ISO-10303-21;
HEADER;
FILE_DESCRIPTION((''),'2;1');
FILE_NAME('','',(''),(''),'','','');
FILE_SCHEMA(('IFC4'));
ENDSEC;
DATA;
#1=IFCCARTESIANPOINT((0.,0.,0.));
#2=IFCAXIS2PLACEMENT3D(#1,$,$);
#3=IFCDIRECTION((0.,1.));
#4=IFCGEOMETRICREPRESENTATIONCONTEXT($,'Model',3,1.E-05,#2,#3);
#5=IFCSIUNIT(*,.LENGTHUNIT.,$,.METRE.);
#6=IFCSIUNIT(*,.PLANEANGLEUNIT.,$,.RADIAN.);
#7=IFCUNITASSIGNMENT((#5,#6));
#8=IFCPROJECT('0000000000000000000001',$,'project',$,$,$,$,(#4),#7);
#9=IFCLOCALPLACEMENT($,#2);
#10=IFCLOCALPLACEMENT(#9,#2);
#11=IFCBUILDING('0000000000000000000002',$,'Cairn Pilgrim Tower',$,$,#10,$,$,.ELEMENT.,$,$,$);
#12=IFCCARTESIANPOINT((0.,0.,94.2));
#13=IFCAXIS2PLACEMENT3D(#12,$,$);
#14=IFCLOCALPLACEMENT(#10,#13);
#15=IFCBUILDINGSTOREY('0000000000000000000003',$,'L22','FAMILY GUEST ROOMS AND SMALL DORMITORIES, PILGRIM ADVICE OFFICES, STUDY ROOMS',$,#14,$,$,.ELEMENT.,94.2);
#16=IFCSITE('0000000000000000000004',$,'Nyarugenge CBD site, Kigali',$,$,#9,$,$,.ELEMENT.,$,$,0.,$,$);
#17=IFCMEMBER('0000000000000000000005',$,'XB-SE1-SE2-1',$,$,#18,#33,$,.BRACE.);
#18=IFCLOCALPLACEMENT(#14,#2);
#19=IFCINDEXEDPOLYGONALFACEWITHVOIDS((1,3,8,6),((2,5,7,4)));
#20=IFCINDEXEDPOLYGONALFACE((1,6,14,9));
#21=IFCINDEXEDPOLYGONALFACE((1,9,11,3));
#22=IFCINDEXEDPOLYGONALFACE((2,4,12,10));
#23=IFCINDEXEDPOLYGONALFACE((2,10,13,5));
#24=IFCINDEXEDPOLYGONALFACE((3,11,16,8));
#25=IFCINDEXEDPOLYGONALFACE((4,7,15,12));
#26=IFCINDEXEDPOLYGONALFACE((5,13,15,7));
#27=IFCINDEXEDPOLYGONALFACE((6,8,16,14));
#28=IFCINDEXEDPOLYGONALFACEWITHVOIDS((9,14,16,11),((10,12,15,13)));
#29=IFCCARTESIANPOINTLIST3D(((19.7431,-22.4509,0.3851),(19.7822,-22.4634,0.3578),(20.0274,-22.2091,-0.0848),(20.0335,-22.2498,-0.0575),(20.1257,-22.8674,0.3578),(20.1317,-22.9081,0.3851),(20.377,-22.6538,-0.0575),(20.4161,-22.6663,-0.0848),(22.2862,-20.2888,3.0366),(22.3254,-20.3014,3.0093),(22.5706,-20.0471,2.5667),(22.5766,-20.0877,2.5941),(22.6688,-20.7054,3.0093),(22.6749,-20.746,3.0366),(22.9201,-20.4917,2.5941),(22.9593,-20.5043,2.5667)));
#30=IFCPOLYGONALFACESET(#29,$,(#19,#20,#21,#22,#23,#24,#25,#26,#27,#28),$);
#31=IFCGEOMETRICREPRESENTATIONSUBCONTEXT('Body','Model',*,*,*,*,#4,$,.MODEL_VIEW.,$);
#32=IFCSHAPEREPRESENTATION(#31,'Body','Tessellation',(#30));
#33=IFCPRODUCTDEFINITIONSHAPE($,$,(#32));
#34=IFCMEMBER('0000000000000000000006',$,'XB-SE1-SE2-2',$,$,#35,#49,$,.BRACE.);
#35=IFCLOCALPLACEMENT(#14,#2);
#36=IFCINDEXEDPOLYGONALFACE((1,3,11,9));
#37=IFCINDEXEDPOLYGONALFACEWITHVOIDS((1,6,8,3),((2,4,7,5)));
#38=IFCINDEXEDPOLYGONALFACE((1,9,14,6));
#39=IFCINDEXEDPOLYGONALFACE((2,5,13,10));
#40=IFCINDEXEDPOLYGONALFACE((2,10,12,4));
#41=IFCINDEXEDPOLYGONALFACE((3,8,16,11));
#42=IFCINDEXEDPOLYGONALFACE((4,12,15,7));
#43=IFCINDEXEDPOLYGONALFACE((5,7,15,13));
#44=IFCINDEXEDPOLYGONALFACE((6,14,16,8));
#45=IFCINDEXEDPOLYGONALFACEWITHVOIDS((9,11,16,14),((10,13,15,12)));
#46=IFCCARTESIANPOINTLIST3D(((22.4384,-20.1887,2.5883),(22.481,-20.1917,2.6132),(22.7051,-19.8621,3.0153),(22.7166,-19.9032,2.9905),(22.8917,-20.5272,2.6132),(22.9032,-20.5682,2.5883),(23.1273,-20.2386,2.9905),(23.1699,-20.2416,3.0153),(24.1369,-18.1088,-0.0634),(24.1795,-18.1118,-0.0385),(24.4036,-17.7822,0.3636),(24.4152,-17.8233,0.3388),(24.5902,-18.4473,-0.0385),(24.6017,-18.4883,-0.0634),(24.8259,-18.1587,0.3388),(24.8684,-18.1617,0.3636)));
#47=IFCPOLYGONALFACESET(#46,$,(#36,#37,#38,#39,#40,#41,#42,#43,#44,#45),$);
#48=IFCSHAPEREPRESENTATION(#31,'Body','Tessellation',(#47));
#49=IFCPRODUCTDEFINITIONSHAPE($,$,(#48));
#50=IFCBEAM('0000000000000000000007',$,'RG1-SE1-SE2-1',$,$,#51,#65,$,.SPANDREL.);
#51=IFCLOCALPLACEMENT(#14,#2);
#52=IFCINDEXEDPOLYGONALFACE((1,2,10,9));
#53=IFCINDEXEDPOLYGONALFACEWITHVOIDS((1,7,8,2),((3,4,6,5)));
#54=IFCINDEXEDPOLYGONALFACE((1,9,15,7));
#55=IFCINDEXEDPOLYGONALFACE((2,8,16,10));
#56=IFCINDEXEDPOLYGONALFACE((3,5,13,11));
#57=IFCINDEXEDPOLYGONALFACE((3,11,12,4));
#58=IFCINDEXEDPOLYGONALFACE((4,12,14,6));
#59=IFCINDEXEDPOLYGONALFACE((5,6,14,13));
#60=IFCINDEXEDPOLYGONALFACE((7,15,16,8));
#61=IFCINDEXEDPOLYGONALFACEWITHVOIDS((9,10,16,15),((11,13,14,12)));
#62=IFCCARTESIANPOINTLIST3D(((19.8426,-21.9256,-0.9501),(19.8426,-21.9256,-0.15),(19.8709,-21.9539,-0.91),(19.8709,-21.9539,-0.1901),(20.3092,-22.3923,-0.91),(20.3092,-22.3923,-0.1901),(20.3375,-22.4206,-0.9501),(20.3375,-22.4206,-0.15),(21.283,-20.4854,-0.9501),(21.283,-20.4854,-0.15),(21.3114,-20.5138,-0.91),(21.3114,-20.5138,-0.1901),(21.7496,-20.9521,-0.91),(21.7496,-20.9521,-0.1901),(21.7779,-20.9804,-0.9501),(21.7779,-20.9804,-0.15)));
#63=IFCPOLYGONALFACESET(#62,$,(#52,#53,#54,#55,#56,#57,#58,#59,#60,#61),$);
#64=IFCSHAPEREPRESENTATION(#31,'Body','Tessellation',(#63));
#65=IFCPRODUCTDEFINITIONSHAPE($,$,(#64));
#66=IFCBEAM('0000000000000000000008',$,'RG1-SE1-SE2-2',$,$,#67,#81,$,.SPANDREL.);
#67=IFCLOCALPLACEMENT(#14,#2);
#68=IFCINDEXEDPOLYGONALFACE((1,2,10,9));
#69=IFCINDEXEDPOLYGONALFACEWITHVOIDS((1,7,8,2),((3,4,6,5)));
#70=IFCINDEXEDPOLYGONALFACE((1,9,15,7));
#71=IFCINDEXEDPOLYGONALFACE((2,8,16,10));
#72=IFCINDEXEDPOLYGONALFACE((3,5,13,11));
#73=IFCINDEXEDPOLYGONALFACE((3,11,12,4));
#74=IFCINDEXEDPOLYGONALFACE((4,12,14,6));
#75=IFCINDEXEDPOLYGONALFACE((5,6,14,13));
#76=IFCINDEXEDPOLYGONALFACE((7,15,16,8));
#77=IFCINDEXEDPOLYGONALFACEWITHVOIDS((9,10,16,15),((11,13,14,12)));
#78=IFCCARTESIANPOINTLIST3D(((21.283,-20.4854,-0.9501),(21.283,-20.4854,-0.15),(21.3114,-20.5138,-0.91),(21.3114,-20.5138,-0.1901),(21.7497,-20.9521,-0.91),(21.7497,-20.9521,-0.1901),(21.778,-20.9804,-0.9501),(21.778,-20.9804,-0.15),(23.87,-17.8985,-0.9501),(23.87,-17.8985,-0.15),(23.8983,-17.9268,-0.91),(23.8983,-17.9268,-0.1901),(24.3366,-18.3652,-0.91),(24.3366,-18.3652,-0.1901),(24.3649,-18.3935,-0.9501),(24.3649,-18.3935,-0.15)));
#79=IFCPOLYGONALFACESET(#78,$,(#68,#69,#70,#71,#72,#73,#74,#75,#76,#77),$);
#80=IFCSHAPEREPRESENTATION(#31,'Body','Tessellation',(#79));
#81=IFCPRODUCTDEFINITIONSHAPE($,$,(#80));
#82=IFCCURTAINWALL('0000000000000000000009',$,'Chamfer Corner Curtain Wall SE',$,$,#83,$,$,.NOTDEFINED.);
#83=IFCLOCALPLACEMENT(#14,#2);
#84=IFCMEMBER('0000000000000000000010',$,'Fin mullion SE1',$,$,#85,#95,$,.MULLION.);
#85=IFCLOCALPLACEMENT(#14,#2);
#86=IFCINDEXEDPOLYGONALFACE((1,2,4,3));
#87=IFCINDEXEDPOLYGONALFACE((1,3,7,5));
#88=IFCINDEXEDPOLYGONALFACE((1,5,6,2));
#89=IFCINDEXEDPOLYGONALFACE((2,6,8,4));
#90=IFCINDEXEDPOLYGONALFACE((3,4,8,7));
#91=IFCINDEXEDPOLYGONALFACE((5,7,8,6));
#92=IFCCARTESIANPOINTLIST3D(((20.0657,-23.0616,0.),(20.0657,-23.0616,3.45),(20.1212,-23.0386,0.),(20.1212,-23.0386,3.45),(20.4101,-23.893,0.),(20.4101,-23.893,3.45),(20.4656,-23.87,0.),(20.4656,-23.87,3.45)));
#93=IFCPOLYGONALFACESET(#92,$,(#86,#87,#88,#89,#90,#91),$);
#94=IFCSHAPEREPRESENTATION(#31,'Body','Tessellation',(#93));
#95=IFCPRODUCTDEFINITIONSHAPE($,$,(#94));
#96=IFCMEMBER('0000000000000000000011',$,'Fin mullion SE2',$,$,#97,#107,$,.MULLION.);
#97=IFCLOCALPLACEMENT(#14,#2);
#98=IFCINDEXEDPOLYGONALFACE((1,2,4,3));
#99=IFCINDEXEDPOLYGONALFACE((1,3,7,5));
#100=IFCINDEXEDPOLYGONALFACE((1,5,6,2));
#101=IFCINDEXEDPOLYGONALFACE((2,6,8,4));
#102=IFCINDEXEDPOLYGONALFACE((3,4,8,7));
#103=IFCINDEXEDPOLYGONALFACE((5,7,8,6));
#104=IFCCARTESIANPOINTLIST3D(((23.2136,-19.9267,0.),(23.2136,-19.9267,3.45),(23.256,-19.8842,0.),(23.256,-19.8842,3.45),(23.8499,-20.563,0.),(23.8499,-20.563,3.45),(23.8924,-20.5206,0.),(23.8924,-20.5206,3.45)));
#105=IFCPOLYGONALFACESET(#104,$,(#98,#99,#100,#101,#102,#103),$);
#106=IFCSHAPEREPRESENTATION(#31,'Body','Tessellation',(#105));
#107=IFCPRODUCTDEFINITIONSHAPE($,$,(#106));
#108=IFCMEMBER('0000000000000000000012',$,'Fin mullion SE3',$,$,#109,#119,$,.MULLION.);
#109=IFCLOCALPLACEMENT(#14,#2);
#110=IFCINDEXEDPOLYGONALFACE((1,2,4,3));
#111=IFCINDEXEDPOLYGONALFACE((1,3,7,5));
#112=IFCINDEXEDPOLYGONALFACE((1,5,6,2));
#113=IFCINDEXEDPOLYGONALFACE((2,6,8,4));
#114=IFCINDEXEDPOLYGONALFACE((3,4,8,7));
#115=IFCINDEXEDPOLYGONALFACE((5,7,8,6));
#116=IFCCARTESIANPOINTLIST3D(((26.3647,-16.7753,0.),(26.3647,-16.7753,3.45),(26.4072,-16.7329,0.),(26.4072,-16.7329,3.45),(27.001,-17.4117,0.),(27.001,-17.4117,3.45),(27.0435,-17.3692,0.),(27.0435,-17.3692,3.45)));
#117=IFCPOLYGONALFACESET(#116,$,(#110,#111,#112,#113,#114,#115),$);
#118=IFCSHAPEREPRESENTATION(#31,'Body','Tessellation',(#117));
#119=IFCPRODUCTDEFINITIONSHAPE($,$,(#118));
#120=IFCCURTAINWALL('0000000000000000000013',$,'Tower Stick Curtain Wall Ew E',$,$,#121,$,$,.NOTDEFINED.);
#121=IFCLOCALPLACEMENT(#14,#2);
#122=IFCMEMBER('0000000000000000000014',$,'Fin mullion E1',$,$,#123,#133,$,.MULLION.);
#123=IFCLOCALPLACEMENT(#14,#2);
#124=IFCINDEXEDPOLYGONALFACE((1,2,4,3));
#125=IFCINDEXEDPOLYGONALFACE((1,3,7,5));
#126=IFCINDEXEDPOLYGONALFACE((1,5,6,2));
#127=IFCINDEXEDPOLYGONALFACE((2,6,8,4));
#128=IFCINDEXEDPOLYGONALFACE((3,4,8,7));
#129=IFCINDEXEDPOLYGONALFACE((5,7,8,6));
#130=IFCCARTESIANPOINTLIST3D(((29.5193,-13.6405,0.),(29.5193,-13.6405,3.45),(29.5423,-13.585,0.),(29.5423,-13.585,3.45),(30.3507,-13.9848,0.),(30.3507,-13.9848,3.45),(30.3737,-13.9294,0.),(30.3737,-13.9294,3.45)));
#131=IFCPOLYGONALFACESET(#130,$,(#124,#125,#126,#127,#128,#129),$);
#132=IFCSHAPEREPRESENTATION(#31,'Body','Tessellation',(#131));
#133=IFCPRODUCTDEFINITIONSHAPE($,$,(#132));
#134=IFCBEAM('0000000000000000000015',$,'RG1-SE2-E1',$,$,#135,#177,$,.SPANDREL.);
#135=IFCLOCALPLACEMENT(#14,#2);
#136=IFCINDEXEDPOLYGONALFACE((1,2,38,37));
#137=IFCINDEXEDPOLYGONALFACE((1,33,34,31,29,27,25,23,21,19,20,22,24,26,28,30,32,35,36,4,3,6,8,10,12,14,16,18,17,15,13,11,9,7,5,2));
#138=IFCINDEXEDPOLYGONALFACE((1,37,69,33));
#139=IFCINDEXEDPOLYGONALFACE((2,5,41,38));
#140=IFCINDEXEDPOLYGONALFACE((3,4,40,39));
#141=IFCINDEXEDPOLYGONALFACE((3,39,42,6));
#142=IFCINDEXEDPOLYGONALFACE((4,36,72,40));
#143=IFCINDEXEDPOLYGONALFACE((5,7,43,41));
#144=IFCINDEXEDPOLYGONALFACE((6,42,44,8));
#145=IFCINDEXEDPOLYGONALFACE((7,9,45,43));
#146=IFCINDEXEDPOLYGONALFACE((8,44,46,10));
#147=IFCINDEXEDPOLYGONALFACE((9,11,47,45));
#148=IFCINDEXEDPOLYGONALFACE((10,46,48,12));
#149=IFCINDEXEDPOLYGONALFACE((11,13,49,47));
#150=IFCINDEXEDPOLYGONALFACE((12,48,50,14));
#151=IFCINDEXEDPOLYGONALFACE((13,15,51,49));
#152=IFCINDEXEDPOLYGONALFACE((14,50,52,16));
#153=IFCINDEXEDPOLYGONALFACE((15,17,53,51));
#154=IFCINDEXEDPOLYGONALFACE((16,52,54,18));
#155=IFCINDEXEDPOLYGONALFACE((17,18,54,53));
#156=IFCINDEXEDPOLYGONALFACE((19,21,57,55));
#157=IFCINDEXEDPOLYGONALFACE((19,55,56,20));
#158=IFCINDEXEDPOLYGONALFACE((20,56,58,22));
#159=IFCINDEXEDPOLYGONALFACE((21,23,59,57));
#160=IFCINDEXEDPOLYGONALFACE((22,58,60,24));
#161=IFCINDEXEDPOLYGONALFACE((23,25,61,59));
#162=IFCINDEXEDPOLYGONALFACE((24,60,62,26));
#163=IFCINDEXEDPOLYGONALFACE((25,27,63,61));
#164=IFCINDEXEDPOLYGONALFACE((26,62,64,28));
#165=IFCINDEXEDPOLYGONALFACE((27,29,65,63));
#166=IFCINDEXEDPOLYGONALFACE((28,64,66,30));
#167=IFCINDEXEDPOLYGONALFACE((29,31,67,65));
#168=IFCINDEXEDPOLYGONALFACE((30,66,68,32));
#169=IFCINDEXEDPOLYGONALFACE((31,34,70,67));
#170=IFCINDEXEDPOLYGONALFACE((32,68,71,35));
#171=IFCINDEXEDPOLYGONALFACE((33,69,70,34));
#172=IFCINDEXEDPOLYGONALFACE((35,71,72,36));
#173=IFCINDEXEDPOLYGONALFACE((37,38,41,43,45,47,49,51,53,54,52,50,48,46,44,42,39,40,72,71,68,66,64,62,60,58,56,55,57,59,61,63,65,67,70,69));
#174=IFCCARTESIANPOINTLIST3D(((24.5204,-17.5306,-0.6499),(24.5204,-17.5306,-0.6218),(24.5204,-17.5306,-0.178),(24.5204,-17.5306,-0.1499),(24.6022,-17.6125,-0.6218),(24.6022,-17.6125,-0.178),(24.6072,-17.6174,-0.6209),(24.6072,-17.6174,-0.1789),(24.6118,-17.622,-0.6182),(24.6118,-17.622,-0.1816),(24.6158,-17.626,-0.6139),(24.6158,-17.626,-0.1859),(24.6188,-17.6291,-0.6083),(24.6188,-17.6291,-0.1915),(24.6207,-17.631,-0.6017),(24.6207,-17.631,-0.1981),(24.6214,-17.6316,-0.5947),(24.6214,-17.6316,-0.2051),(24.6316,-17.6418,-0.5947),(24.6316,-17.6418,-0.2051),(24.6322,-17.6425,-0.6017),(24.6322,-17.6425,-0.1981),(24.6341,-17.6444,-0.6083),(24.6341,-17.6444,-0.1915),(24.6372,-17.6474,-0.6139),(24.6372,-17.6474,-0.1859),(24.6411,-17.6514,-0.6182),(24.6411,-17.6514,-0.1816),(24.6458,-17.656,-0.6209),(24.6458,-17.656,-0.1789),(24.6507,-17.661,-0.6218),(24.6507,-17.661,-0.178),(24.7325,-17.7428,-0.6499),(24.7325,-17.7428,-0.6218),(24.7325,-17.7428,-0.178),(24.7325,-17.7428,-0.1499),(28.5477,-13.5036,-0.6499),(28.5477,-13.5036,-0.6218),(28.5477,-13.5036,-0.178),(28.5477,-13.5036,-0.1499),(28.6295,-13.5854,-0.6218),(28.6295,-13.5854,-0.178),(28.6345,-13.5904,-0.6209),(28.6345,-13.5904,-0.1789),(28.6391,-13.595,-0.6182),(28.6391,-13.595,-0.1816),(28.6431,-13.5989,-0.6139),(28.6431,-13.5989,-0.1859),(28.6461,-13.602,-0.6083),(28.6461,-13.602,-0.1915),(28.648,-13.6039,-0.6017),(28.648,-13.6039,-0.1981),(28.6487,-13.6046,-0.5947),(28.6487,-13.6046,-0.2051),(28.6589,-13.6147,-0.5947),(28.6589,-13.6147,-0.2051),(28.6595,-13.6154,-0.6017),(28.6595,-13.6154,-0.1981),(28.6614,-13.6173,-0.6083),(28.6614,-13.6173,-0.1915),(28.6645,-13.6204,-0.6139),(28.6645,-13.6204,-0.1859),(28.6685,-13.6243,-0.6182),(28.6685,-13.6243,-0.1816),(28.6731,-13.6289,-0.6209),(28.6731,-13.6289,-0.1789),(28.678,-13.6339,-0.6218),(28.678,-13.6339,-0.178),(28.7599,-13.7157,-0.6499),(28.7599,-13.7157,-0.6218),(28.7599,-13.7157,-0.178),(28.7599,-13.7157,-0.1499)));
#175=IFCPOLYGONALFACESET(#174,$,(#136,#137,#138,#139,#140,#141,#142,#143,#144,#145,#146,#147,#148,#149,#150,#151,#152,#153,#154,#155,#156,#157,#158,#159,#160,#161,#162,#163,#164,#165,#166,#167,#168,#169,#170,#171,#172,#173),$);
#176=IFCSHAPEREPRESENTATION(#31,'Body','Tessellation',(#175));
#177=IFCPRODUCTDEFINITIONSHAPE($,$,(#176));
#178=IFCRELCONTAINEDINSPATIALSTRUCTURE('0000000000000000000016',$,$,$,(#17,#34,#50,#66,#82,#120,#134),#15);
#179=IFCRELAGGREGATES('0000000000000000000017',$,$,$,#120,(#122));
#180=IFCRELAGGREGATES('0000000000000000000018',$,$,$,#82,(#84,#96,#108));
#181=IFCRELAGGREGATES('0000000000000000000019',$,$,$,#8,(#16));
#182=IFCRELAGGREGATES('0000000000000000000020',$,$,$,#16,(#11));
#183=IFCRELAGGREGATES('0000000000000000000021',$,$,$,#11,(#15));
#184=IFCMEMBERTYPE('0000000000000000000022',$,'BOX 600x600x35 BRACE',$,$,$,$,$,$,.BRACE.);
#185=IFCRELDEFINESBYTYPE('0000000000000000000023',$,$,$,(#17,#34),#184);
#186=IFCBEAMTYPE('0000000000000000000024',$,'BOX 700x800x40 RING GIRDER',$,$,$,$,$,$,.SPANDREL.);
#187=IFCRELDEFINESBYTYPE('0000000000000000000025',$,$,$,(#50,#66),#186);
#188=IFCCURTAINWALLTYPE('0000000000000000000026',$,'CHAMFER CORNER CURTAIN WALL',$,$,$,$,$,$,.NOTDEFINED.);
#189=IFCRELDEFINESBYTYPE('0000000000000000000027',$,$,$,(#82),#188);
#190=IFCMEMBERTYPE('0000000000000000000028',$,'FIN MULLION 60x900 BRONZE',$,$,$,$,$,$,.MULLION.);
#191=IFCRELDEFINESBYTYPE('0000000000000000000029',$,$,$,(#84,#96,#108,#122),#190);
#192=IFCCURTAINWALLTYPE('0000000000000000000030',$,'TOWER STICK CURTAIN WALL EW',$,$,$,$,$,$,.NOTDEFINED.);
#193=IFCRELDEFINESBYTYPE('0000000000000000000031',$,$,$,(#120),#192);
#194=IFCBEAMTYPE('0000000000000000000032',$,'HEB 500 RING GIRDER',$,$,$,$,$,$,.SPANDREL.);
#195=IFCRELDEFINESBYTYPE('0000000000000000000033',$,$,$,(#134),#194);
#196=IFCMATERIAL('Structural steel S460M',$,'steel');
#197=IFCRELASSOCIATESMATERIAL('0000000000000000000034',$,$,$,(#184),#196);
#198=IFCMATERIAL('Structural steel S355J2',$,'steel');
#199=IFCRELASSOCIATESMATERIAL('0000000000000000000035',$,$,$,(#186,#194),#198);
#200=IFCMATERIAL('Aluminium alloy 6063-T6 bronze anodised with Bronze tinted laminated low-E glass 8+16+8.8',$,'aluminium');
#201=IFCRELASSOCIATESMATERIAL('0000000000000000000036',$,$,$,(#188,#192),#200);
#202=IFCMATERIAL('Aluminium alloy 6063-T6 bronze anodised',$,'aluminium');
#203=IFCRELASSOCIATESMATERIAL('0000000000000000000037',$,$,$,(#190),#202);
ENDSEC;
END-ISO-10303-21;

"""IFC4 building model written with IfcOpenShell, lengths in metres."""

from ifc_helpers import new_model, si_unit, direction, frame, origin, origin_2d, place, context, subcontext, project, spatial, rectangle, hollow_rectangle, i_section, extrude, material, material_profile, profile_set, type_object, element, aggregate, save


model = new_model("IFC4")

# Units and contexts
model_context = context("Model", 3, precision=1e-05, world=origin(), true_north=direction((0.0, 1.0)))
body_context = subcontext(model_context, "Body", "Model", "MODEL_VIEW")
ifc_project = project(units=[si_unit("LENGTHUNIT", "METRE"), si_unit("PLANEANGLEUNIT", "RADIAN")], contexts=[model_context])

# Site, building, storey
site_placement = place(None, origin())
site = spatial("IfcSite", under=ifc_project, at=site_placement, Name="Nyarugenge CBD site, Kigali", CompositionType="ELEMENT", RefElevation=0.0)
building_placement = place(site_placement, origin())
building = spatial("IfcBuilding", under=site, at=building_placement, Name="Cairn Pilgrim Tower", CompositionType="ELEMENT")
storey_placement = place(building_placement, frame((0.0, 0.0, 94.2)))
storey = spatial("IfcBuildingStorey", under=building, at=storey_placement, Name="L22", Description="FAMILY GUEST ROOMS AND SMALL DORMITORIES, PILGRIM ADVICE OFFICES, STUDY ROOMS", CompositionType="ELEMENT", Elevation=94.2)

# Shared definitions
ifc_material_1 = material(Name="Structural steel S460M", Category="steel")

# Members
ifc_material_profile_1 = material_profile(ifc_material_1, hollow_rectangle(XDim=0.6001, YDim=0.6001, WallThickness=0.0349, at=origin_2d()), Name="BOX 600x600x35")
ifc_profile_set_1 = profile_set([ifc_material_profile_1], Name="Structural steel S460M")
member_type_1 = type_object("IfcMemberType", Name="BOX 600x600x35 BRACE", PredefinedType="BRACE", material=ifc_profile_set_1)
member_1_placement = place(storey_placement, frame((20.0796, -22.5586, 0.1501), z_axis=(0.59657, 0.507173, 0.621997), x_axis=(-0.647714, 0.761883, 0.0)))
element("IfcMember", 1, at=member_1_placement, inside=storey, type_object=member_type_1, Name="XB-SE1-SE2-1", PredefinedType="BRACE", context=body_context, shape_type="SweptSolid", body=[
    extrude(hollow_rectangle(XDim=0.6001, YDim=0.6001, WallThickness=0.0349, at=origin_2d()), origin(), (0.0, 0.0, 1.0), 4.2629),
])
member_2_placement = place(storey_placement, frame((24.5027, -18.1353, 0.1501), z_axis=(-0.450073, -0.551124, 0.702636), x_axis=(0.77454, -0.632525, 0.0)))
element("IfcMember", 2, at=member_2_placement, inside=storey, type_object=member_type_1, Name="XB-SE1-SE2-2", PredefinedType="BRACE", context=body_context, shape_type="SweptSolid", body=[
    extrude(hollow_rectangle(XDim=0.6001, YDim=0.6001, WallThickness=0.0349, at=origin_2d()), origin(), (0.0, 0.0, 1.0), 3.7739),
])

# Beams
ifc_material_2 = material(Name="Structural steel S355J2", Category="steel")
ifc_material_profile_2 = material_profile(ifc_material_2, hollow_rectangle(XDim=0.7, YDim=0.8, WallThickness=0.04, at=origin_2d()), Name="BOX 700x800x40")
ifc_profile_set_2 = profile_set([ifc_material_profile_2], Name="Structural steel S355J2")
beam_type_1 = type_object("IfcBeamType", Name="BOX 700x800x40 RING GIRDER", PredefinedType="SPANDREL", material=ifc_profile_set_2)
beam_1_placement = place(storey_placement, frame((20.0901, -22.1731, -0.55), z_axis=(0.707167, 0.707047, 0.0), x_axis=(-0.707047, 0.707167, 0.0)))
element("IfcBeam", 3, at=beam_1_placement, inside=storey, type_object=beam_type_1, Name="RG1-SE1-SE2-1", PredefinedType="SPANDREL", context=body_context, shape_type="SweptSolid", body=[
    extrude(hollow_rectangle(XDim=0.7, YDim=0.8, WallThickness=0.04, at=origin_2d()), origin(), (0.0, 0.0, 1.0), 2.0369),
])
beam_2_placement = place(storey_placement, frame((21.5305, -20.7329, -0.55), z_axis=(0.707107, 0.707107, 0.0), x_axis=(-0.707107, 0.707107, 0.0)))
element("IfcBeam", 4, at=beam_2_placement, inside=storey, type_object=beam_type_1, Name="RG1-SE1-SE2-2", PredefinedType="SPANDREL", context=body_context, shape_type="SweptSolid", body=[
    extrude(hollow_rectangle(XDim=0.7, YDim=0.8, WallThickness=0.04, at=origin_2d()), origin(), (0.0, 0.0, 1.0), 3.6584),
])

# Curtain wall, members
ifc_material_3 = material(Name="Aluminium alloy 6063-T6 bronze anodised with Bronze tinted laminated low-E glass 8+16+8.8", Category="aluminium")
curtain_wall_type_1 = type_object("IfcCurtainWallType", Name="CHAMFER CORNER CURTAIN WALL", PredefinedType="NOTDEFINED", material=ifc_material_3)
curtain_wall_1_placement = place(storey_placement, origin())
curtain_wall_1 = element("IfcCurtainWall", 5, at=curtain_wall_1_placement, inside=storey, type_object=curtain_wall_type_1, Name="Chamfer Corner Curtain Wall SE", PredefinedType="NOTDEFINED")
ifc_material_4 = material(Name="Aluminium alloy 6063-T6 bronze anodised", Category="aluminium")
ifc_material_profile_3 = material_profile(ifc_material_4, rectangle(XDim=0.8999, YDim=0.0601, at=origin_2d()), Name="FIN MULLION 60x900 BRONZE")
ifc_profile_set_3 = profile_set([ifc_material_profile_3], Name="Aluminium alloy 6063-T6 bronze anodised")
member_type_2 = type_object("IfcMemberType", Name="FIN MULLION 60x900 BRONZE", PredefinedType="MULLION", material=ifc_profile_set_3)
member_3_placement = place(storey_placement, frame((20.2656, -23.4658, 0.0), z_axis=(0.0, 0.0, 1.0), x_axis=(0.382683, -0.92388, 0.0)))
member_3 = element("IfcMember", 6, at=member_3_placement, type_object=member_type_2, Name="Fin mullion SE1", PredefinedType="MULLION", context=body_context, shape_type="SweptSolid", body=[
    extrude(rectangle(XDim=0.8999, YDim=0.0601, at=origin_2d()), origin(), (0.0, 0.0, 1.0), 3.45),
])
member_4_placement = place(storey_placement, frame((23.553, -20.2236, 0.0), z_axis=(0.0, 0.0, 1.0), x_axis=(0.707107, -0.707107, 0.0)))
member_4 = element("IfcMember", 7, at=member_4_placement, type_object=member_type_2, Name="Fin mullion SE2", PredefinedType="MULLION", context=body_context, shape_type="SweptSolid", body=[
    extrude(rectangle(XDim=0.8999, YDim=0.0601, at=origin_2d()), origin(), (0.0, 0.0, 1.0), 3.45),
])
member_5_placement = place(storey_placement, frame((26.7041, -17.0723, 0.0), z_axis=(0.0, 0.0, 1.0), x_axis=(0.707107, -0.707107, 0.0)))
member_5 = element("IfcMember", 8, at=member_5_placement, type_object=member_type_2, Name="Fin mullion SE3", PredefinedType="MULLION", context=body_context, shape_type="SweptSolid", body=[
    extrude(rectangle(XDim=0.8999, YDim=0.0601, at=origin_2d()), origin(), (0.0, 0.0, 1.0), 3.45),
])

# Curtain wall, member
curtain_wall_type_2 = type_object("IfcCurtainWallType", Name="TOWER STICK CURTAIN WALL EW", PredefinedType="NOTDEFINED", material=ifc_material_3)
curtain_wall_2_placement = place(storey_placement, origin())
curtain_wall_2 = element("IfcCurtainWall", 9, at=curtain_wall_2_placement, inside=storey, type_object=curtain_wall_type_2, Name="Tower Stick Curtain Wall Ew E", PredefinedType="NOTDEFINED")
member_6_placement = place(storey_placement, frame((29.9465, -13.7849, 0.0), z_axis=(0.0, 0.0, 1.0), x_axis=(0.92388, -0.382683, 0.0)))
member_6 = element("IfcMember", 10, at=member_6_placement, type_object=member_type_2, Name="Fin mullion E1", PredefinedType="MULLION", context=body_context, shape_type="SweptSolid", body=[
    extrude(rectangle(XDim=0.8999, YDim=0.0601, at=origin_2d()), origin(), (0.0, 0.0, 1.0), 3.45),
])

# Beam
ifc_material_profile_4 = material_profile(ifc_material_2, i_section(OverallWidth=0.3, OverallDepth=0.5, WebThickness=0.0144, FlangeThickness=0.0281, FilletRadius=0.0271, at=origin_2d()), Name="HEB 500")
ifc_profile_set_4 = profile_set([ifc_material_profile_4], Name="Structural steel S355J2")
beam_type_2 = type_object("IfcBeamType", Name="HEB 500 RING GIRDER", PredefinedType="SPANDREL", material=ifc_profile_set_4)
beam_3_placement = place(storey_placement, frame((24.6265, -17.6367, -0.3999), z_axis=(0.707128, 0.707085, 0.0), x_axis=(-0.707085, 0.707128, 0.0)))
element("IfcBeam", 11, at=beam_3_placement, inside=storey, type_object=beam_type_2, Name="RG1-SE2-E1", PredefinedType="SPANDREL", context=body_context, shape_type="SweptSolid", body=[
    extrude(i_section(OverallWidth=0.3, OverallDepth=0.5, WebThickness=0.0144, FlangeThickness=0.0281, FilletRadius=0.0271, at=origin_2d()), origin(), (0.0, 0.0, 1.0), 5.6953),
])

aggregate(curtain_wall_2, [member_6])

aggregate(curtain_wall_1, [member_3, member_4, member_5])

save(model, "model.ifc")
